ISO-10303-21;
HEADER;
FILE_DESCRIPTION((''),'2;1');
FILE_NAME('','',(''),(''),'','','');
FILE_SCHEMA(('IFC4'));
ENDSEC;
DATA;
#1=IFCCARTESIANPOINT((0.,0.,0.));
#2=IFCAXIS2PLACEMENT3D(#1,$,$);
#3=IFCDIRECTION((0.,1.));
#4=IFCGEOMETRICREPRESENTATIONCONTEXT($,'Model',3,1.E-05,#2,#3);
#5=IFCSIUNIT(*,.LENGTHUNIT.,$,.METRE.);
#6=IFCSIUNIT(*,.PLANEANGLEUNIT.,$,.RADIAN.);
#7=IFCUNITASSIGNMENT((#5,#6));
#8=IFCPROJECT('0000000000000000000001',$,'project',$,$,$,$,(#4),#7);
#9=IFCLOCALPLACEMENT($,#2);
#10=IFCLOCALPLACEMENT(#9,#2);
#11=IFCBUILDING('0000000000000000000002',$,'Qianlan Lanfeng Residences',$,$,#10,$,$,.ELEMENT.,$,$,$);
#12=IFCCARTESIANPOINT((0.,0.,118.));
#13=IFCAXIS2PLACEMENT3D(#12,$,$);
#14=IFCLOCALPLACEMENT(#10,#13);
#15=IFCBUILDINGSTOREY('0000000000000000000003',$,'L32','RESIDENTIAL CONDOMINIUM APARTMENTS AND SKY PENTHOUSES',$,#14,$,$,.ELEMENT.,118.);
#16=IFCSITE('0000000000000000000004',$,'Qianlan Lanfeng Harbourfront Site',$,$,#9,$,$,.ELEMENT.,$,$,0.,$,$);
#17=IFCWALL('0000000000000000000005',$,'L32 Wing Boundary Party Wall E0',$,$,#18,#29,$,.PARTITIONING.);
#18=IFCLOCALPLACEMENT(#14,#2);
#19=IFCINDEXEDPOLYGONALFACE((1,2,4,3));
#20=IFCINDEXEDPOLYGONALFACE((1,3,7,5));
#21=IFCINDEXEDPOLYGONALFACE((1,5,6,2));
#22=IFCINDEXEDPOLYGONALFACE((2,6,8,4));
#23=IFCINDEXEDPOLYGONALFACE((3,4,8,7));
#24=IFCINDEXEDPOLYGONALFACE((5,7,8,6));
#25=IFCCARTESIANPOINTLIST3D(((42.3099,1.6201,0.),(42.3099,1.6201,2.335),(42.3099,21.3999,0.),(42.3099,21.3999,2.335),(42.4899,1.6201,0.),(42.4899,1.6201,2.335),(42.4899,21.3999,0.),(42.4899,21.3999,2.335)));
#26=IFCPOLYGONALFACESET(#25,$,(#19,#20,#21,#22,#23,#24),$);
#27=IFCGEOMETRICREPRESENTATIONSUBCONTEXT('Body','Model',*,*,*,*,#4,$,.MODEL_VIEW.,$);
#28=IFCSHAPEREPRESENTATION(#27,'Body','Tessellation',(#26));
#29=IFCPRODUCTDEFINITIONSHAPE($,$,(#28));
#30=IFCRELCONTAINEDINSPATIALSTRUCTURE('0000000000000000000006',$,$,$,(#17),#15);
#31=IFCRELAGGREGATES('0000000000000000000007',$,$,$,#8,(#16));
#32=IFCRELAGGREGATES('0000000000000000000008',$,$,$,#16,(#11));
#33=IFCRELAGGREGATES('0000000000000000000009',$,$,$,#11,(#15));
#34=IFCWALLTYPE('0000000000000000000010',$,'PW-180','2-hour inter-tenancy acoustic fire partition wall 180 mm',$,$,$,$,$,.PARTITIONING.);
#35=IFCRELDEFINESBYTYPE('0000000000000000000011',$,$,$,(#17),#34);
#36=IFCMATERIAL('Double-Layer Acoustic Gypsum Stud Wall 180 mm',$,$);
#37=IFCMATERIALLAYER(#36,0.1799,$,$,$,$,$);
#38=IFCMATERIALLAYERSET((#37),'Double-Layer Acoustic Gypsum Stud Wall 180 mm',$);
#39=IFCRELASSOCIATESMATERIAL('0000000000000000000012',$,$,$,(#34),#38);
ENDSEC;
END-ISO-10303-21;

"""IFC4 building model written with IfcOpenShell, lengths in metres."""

from ifc_helpers import new_model, si_unit, direction, frame, frame_2d, origin, place, context, subcontext, project, spatial, rectangle, extrude, material, layer, layer_set, type_object, element, save


model = new_model("IFC4")

# Units and contexts
model_context = context("Model", 3, precision=1e-05, world=origin(), true_north=direction((0.0, 1.0)))
body_context = subcontext(model_context, "Body", "Model", "MODEL_VIEW")
ifc_project = project(units=[si_unit("LENGTHUNIT", "METRE"), si_unit("PLANEANGLEUNIT", "RADIAN")], contexts=[model_context])

# Site, building, storey
site_placement = place(None, origin())
site = spatial("IfcSite", under=ifc_project, at=site_placement, Name="Qianlan Lanfeng Harbourfront Site", CompositionType="ELEMENT", RefElevation=0.0)
building_placement = place(site_placement, origin())
building = spatial("IfcBuilding", under=site, at=building_placement, Name="Qianlan Lanfeng Residences", CompositionType="ELEMENT")
storey_placement = place(building_placement, frame((0.0, 0.0, 118.0)))
storey = spatial("IfcBuildingStorey", under=building, at=storey_placement, Name="L32", Description="RESIDENTIAL CONDOMINIUM APARTMENTS AND SKY PENTHOUSES", CompositionType="ELEMENT", Elevation=118.0)

# Wall
ifc_material_1 = material(Name="Double-Layer Acoustic Gypsum Stud Wall 180 mm")
ifc_layer_1 = layer(ifc_material_1, 0.1799)
ifc_layer_set_1 = layer_set([ifc_layer_1], Name="Double-Layer Acoustic Gypsum Stud Wall 180 mm")
wall_type_1 = type_object("IfcWallType", Name="PW-180", Description="2-hour inter-tenancy acoustic fire partition wall 180 mm", PredefinedType="PARTITIONING", material=ifc_layer_set_1)
wall_1_placement = place(storey_placement, frame((42.3999, 1.6201, 0.0), z_axis=(0.0, 0.0, 1.0), x_axis=(0.0, 1.0, 0.0)))
element("IfcWall", 1, at=wall_1_placement, inside=storey, type_object=wall_type_1, Name="L32 Wing Boundary Party Wall E0", PredefinedType="PARTITIONING", context=body_context, shape_type="SweptSolid", body=[
    extrude(rectangle(XDim=19.7798, YDim=0.1799, at=frame_2d((9.8899, 0.0))), origin(), (0.0, 0.0, 1.0), 2.335),
])

save(model, "model.ifc")
